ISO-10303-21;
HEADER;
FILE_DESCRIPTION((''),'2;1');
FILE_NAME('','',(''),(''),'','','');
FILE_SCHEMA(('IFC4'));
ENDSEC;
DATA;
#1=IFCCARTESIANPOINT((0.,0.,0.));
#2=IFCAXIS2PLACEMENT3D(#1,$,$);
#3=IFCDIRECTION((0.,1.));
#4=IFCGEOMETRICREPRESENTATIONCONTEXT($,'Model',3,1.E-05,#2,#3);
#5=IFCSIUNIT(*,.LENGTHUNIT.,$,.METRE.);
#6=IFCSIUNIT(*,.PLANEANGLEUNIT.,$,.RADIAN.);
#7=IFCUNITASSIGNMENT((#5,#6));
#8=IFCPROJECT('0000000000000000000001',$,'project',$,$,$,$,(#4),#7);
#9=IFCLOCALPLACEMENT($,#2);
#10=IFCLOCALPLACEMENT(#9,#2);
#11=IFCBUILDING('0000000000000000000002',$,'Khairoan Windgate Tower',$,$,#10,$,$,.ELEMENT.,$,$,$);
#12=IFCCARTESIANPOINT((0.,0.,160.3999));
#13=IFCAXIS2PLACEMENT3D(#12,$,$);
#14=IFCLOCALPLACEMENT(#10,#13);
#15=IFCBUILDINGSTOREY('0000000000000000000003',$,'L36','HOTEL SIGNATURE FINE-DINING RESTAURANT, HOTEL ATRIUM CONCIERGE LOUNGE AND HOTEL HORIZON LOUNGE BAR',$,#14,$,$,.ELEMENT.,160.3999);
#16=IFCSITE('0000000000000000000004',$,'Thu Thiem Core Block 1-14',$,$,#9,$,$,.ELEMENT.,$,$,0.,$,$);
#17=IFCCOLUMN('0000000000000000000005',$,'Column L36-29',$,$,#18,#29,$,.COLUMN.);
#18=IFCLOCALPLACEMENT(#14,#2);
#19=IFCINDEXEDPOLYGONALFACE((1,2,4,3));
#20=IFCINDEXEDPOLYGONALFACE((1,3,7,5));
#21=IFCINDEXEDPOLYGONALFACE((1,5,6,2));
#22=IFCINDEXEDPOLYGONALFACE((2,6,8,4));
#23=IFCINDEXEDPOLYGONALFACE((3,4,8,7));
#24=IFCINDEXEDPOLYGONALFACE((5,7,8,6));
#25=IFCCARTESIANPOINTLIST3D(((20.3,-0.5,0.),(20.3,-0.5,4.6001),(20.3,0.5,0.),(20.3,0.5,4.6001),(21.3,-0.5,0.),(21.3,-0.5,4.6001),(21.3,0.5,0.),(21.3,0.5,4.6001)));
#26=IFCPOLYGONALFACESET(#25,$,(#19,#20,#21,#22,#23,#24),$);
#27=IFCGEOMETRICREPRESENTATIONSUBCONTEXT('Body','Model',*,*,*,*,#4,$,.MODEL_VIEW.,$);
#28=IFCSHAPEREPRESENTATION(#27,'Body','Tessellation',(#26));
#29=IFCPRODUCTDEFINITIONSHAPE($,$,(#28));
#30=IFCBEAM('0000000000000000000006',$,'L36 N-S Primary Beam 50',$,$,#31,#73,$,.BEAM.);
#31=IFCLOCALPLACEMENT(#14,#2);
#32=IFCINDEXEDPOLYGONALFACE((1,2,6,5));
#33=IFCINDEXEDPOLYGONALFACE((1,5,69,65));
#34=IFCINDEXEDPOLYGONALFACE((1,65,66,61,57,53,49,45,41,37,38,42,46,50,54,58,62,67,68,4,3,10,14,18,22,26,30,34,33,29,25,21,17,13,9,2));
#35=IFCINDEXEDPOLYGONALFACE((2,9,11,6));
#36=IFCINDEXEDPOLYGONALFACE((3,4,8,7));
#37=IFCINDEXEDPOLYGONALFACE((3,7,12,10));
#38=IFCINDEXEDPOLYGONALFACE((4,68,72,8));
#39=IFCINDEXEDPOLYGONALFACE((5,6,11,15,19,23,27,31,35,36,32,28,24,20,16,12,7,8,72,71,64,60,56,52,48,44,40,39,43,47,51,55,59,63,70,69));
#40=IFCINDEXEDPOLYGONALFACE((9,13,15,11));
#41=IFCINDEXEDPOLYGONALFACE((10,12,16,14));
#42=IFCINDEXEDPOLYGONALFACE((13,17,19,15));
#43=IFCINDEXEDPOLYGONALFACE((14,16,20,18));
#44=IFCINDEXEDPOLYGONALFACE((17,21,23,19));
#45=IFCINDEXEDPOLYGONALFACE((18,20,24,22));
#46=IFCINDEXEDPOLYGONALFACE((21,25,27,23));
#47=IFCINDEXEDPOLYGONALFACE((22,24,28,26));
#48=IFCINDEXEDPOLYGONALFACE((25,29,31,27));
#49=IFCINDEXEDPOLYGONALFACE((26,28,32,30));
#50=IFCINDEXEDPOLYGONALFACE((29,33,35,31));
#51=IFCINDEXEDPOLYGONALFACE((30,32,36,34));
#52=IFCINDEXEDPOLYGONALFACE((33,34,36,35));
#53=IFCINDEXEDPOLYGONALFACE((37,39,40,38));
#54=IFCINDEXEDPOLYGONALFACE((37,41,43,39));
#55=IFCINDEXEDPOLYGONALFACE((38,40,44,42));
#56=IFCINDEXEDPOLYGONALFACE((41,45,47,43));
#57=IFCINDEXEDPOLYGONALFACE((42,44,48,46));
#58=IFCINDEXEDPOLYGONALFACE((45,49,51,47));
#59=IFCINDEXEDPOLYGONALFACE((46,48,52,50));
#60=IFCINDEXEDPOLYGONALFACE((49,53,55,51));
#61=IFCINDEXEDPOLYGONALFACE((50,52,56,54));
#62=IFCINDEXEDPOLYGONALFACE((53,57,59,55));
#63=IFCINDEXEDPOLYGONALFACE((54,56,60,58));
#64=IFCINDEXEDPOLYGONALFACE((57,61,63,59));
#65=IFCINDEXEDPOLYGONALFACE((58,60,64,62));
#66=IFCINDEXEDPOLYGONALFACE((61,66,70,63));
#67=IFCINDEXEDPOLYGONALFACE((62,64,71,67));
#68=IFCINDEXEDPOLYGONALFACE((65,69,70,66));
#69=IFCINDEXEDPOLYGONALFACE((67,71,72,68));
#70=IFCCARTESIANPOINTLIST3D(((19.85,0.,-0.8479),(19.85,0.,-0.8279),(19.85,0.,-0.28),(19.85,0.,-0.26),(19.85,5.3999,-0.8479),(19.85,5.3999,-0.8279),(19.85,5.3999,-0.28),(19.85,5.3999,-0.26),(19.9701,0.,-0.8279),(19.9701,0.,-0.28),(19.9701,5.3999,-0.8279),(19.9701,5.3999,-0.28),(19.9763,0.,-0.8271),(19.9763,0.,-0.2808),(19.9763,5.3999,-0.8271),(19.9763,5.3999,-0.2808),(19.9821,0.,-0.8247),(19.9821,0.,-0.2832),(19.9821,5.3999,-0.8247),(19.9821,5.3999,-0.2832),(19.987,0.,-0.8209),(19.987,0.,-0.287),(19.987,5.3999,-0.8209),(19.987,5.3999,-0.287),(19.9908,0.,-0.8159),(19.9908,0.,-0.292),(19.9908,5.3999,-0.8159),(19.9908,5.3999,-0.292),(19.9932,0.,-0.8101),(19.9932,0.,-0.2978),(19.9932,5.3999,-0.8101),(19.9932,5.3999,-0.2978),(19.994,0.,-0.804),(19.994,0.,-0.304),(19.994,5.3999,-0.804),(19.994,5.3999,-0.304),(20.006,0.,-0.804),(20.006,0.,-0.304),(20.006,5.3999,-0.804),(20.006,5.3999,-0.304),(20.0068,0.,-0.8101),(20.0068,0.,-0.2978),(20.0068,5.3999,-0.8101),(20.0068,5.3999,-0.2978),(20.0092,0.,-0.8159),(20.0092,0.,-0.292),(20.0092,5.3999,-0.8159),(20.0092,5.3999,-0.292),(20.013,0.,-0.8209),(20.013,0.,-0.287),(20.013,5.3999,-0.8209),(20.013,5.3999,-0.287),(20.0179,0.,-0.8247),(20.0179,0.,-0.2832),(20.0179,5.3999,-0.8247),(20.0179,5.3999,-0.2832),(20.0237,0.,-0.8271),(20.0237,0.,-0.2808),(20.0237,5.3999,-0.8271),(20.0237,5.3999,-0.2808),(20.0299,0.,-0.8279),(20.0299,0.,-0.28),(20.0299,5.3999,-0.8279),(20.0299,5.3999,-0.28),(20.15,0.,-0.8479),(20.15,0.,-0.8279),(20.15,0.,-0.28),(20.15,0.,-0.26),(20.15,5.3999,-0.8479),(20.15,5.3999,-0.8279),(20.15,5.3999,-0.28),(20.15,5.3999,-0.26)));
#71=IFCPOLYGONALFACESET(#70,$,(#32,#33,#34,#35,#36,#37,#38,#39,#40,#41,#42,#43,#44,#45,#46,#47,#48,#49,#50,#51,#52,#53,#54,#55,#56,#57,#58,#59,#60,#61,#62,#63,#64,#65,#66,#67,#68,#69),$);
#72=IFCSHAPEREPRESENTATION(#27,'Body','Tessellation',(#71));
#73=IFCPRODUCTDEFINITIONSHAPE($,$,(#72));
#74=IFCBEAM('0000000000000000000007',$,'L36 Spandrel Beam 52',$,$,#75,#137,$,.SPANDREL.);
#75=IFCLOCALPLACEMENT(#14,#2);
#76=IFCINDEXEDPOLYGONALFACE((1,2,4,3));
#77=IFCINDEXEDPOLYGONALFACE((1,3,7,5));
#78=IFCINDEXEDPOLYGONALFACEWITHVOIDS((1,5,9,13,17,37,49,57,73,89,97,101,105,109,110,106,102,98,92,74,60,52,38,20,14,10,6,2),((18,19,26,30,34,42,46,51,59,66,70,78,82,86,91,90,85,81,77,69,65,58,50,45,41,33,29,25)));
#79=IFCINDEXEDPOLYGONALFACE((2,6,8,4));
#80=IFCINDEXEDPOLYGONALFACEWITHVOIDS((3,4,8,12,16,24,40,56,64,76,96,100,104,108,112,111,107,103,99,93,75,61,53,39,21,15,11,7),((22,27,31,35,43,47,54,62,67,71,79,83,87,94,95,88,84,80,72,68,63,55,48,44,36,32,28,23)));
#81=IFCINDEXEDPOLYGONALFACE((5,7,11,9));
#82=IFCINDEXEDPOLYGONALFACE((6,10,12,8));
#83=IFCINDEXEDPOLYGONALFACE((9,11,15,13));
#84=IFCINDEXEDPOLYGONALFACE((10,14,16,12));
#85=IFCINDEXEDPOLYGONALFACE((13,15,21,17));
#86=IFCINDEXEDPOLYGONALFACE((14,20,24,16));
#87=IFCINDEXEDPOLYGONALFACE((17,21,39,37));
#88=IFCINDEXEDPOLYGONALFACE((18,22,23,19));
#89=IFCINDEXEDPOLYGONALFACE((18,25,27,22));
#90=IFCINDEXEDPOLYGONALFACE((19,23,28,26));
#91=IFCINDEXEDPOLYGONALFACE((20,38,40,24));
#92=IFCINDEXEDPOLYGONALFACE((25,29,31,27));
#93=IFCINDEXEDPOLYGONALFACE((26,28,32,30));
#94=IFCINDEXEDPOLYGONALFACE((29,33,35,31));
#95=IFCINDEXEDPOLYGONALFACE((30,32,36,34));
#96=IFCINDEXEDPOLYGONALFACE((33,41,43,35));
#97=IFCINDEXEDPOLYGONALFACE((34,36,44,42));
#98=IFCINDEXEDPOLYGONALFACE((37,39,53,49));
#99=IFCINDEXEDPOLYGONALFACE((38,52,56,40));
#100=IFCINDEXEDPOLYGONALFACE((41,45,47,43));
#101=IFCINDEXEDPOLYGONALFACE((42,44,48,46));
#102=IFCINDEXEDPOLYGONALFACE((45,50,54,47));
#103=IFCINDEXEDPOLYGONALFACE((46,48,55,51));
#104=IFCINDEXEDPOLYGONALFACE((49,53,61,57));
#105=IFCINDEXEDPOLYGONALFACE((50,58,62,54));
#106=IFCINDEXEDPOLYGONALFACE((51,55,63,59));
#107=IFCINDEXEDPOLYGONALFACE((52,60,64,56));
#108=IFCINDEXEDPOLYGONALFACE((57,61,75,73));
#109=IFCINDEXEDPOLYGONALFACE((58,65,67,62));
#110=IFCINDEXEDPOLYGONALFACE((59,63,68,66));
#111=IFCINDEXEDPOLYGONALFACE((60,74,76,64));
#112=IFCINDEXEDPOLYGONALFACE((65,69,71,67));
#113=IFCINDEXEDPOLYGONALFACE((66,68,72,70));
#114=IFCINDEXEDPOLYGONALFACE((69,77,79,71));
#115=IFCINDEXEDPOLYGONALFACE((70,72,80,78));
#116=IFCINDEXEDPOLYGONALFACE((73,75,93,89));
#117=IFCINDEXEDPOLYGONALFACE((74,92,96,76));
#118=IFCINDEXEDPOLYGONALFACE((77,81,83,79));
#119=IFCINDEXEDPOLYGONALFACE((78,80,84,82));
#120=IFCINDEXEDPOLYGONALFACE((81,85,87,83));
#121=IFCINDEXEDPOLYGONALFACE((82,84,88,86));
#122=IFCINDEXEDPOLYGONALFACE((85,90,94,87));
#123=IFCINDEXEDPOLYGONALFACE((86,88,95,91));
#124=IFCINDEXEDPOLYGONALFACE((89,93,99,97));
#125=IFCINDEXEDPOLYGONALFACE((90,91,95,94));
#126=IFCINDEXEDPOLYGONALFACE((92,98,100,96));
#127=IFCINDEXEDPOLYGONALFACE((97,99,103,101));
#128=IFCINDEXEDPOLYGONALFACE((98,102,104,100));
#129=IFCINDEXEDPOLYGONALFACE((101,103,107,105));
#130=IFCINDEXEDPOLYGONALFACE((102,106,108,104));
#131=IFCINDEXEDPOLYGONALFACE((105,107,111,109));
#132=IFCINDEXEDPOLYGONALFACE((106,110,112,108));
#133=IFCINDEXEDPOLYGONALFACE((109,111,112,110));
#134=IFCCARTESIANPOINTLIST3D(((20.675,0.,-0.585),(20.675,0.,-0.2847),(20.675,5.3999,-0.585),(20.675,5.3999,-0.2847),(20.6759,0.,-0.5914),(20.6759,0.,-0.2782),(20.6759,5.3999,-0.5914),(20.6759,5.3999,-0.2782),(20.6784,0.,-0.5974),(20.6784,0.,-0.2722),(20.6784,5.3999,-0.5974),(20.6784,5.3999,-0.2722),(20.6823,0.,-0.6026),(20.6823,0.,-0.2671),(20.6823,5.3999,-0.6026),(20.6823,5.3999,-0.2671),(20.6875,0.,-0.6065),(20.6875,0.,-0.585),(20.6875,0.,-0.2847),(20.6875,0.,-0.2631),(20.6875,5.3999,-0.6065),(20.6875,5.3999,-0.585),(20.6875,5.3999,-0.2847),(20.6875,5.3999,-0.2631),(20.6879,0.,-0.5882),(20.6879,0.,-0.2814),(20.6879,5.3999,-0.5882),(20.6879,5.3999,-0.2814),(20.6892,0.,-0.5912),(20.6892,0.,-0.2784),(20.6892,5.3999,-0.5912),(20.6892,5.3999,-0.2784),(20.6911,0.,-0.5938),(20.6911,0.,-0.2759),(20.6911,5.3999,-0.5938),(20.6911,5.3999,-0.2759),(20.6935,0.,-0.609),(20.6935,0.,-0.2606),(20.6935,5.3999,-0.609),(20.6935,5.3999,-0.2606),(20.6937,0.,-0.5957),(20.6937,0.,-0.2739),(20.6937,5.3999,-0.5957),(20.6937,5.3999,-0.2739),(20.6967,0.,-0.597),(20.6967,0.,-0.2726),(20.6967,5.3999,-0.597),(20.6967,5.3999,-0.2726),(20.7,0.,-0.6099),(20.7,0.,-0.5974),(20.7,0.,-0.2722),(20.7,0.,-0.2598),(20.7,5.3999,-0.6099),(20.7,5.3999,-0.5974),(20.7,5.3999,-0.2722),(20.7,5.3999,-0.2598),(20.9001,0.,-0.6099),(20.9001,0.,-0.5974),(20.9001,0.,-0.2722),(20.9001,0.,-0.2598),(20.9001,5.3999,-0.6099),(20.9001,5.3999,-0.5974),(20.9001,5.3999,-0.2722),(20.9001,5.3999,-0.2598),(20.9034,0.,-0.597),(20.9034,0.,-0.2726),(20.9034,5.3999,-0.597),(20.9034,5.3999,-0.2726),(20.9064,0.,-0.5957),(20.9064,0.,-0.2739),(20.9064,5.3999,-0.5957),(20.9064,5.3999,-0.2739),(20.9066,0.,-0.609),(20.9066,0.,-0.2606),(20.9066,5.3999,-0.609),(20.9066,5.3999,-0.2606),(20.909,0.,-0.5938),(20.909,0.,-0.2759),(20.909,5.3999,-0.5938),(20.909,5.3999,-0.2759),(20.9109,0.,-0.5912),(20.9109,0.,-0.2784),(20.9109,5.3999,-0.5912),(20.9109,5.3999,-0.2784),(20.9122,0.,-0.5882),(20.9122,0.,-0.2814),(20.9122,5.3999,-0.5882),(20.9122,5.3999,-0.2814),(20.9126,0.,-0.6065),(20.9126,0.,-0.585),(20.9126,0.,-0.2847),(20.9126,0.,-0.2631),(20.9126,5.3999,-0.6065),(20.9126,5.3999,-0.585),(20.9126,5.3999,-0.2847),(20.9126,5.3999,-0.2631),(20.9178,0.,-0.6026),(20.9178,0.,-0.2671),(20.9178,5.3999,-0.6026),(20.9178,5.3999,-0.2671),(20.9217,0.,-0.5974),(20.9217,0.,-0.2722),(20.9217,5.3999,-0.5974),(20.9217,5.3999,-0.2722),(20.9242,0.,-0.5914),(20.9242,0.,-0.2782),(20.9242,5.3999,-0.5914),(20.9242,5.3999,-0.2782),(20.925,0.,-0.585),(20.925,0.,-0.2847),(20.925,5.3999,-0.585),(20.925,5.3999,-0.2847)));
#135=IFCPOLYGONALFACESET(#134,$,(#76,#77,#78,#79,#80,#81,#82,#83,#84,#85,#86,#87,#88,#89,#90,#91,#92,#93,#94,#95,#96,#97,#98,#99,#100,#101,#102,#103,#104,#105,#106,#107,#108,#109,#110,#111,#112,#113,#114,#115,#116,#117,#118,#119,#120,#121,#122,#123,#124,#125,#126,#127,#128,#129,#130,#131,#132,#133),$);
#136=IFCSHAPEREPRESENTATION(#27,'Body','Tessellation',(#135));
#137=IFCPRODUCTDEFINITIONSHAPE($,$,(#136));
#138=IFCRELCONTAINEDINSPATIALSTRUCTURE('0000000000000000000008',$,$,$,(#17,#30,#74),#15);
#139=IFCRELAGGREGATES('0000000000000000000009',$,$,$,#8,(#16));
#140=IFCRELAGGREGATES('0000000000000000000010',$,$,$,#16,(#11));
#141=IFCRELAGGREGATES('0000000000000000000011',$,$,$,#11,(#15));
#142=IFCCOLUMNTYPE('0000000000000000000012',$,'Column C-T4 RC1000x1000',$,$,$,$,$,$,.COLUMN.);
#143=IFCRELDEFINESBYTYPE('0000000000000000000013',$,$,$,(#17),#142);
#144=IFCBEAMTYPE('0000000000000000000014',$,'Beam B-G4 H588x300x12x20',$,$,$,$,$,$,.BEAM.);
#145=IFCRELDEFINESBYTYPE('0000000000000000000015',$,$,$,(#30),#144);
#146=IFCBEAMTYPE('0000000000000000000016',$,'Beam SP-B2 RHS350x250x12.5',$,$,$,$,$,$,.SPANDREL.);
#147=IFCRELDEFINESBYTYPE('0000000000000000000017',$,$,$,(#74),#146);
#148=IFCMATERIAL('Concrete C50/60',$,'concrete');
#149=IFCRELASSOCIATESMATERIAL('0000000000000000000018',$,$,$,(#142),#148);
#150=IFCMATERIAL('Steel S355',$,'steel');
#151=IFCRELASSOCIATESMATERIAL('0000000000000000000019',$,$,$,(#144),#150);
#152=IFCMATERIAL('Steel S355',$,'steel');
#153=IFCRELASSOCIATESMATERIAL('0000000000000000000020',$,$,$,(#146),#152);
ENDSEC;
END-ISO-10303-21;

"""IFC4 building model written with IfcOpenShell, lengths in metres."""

from ifc_helpers import new_model, si_unit, direction, frame, origin, origin_2d, place, context, subcontext, project, spatial, rectangle, hollow_rectangle, i_section, extrude, material, material_profile, profile_set, type_object, element, save


model = new_model("IFC4")

# Units and contexts
model_context = context("Model", 3, precision=1e-05, world=origin(), true_north=direction((0.0, 1.0)))
body_context = subcontext(model_context, "Body", "Model", "MODEL_VIEW")
ifc_project = project(units=[si_unit("LENGTHUNIT", "METRE"), si_unit("PLANEANGLEUNIT", "RADIAN")], contexts=[model_context])

# Site, building, storey
site_placement = place(None, origin())
site = spatial("IfcSite", under=ifc_project, at=site_placement, Name="Thu Thiem Core Block 1-14", CompositionType="ELEMENT", RefElevation=0.0)
building_placement = place(site_placement, origin())
building = spatial("IfcBuilding", under=site, at=building_placement, Name="Khairoan Windgate Tower", CompositionType="ELEMENT")
storey_placement = place(building_placement, frame((0.0, 0.0, 160.3999)))
storey = spatial("IfcBuildingStorey", under=building, at=storey_placement, Name="L36", Description="HOTEL SIGNATURE FINE-DINING RESTAURANT, HOTEL ATRIUM CONCIERGE LOUNGE AND HOTEL HORIZON LOUNGE BAR", CompositionType="ELEMENT", Elevation=160.3999)

# Column
ifc_material_1 = material(Name="Concrete C50/60", Category="concrete")
ifc_material_profile_1 = material_profile(ifc_material_1, rectangle(XDim=1.0, YDim=1.0, at=origin_2d()))
ifc_profile_set_1 = profile_set([ifc_material_profile_1], Name="Concrete C50/60")
column_type = type_object("IfcColumnType", Name="Column C-T4 RC1000x1000", PredefinedType="COLUMN", material=ifc_profile_set_1)
column_placement = place(storey_placement, frame((20.8, 0.0, 0.0), z_axis=(0.0, 0.0, 1.0), x_axis=(1.0, 0.0, 0.0)))
element("IfcColumn", 1, at=column_placement, inside=storey, type_object=column_type, Name="Column L36-29", PredefinedType="COLUMN", context=body_context, shape_type="SweptSolid", body=[
    extrude(rectangle(XDim=1.0, YDim=1.0, at=origin_2d()), origin(), (0.0, 0.0, 1.0), 4.6001),
])

# Beams
ifc_material_2 = material(Name="Steel S355", Category="steel")
ifc_material_profile_2 = material_profile(ifc_material_2, i_section(OverallWidth=0.3, OverallDepth=0.5879, WebThickness=0.012, FlangeThickness=0.02, FilletRadius=0.0239, at=origin_2d()))
ifc_profile_set_2 = profile_set([ifc_material_profile_2], Name="Steel S355")
beam_type_1 = type_object("IfcBeamType", Name="Beam B-G4 H588x300x12x20", PredefinedType="BEAM", material=ifc_profile_set_2)
beam_1_placement = place(storey_placement, frame((20.0, 0.0, -0.554), z_axis=(0.0, 1.0, 0.0), x_axis=(-1.0, 0.0, 0.0)))
element("IfcBeam", 2, at=beam_1_placement, inside=storey, type_object=beam_type_1, Name="L36 N-S Primary Beam 50", PredefinedType="BEAM", context=body_context, shape_type="SweptSolid", body=[
    extrude(i_section(OverallWidth=0.3, OverallDepth=0.5879, WebThickness=0.012, FlangeThickness=0.02, FilletRadius=0.0239, at=origin_2d()), origin(), (0.0, 0.0, 1.0), 5.3999),
])
ifc_material_3 = material(Name="Steel S355", Category="steel")
ifc_material_profile_3 = material_profile(ifc_material_3, hollow_rectangle(XDim=0.25, YDim=0.3501, WallThickness=0.0125, InnerFilletRadius=0.0125, OuterFilletRadius=0.0249, at=origin_2d()))
ifc_profile_set_3 = profile_set([ifc_material_profile_3], Name="Steel S355")
beam_type_2 = type_object("IfcBeamType", Name="Beam SP-B2 RHS350x250x12.5", PredefinedType="SPANDREL", material=ifc_profile_set_3)
for number, where, z_axis, x_axis, name in (
    (3, (20.8, 0.0, -0.4348), (0.0, 1.0, 0.0), (-1.0, 0.0, 0.0), "L36 Spandrel Beam 52"),
):
    element("IfcBeam", number, at=place(storey_placement, frame(where, z_axis=z_axis, x_axis=x_axis)), inside=storey, type_object=beam_type_2, Name=name, PredefinedType="SPANDREL", context=body_context, shape_type="SweptSolid", body=[
        extrude(hollow_rectangle(XDim=0.25, YDim=0.3501, WallThickness=0.0125, InnerFilletRadius=0.0125, OuterFilletRadius=0.0249, at=origin_2d()), origin(), (0.0, 0.0, 1.0), 5.3999),
    ])

save(model, "model.ifc")
